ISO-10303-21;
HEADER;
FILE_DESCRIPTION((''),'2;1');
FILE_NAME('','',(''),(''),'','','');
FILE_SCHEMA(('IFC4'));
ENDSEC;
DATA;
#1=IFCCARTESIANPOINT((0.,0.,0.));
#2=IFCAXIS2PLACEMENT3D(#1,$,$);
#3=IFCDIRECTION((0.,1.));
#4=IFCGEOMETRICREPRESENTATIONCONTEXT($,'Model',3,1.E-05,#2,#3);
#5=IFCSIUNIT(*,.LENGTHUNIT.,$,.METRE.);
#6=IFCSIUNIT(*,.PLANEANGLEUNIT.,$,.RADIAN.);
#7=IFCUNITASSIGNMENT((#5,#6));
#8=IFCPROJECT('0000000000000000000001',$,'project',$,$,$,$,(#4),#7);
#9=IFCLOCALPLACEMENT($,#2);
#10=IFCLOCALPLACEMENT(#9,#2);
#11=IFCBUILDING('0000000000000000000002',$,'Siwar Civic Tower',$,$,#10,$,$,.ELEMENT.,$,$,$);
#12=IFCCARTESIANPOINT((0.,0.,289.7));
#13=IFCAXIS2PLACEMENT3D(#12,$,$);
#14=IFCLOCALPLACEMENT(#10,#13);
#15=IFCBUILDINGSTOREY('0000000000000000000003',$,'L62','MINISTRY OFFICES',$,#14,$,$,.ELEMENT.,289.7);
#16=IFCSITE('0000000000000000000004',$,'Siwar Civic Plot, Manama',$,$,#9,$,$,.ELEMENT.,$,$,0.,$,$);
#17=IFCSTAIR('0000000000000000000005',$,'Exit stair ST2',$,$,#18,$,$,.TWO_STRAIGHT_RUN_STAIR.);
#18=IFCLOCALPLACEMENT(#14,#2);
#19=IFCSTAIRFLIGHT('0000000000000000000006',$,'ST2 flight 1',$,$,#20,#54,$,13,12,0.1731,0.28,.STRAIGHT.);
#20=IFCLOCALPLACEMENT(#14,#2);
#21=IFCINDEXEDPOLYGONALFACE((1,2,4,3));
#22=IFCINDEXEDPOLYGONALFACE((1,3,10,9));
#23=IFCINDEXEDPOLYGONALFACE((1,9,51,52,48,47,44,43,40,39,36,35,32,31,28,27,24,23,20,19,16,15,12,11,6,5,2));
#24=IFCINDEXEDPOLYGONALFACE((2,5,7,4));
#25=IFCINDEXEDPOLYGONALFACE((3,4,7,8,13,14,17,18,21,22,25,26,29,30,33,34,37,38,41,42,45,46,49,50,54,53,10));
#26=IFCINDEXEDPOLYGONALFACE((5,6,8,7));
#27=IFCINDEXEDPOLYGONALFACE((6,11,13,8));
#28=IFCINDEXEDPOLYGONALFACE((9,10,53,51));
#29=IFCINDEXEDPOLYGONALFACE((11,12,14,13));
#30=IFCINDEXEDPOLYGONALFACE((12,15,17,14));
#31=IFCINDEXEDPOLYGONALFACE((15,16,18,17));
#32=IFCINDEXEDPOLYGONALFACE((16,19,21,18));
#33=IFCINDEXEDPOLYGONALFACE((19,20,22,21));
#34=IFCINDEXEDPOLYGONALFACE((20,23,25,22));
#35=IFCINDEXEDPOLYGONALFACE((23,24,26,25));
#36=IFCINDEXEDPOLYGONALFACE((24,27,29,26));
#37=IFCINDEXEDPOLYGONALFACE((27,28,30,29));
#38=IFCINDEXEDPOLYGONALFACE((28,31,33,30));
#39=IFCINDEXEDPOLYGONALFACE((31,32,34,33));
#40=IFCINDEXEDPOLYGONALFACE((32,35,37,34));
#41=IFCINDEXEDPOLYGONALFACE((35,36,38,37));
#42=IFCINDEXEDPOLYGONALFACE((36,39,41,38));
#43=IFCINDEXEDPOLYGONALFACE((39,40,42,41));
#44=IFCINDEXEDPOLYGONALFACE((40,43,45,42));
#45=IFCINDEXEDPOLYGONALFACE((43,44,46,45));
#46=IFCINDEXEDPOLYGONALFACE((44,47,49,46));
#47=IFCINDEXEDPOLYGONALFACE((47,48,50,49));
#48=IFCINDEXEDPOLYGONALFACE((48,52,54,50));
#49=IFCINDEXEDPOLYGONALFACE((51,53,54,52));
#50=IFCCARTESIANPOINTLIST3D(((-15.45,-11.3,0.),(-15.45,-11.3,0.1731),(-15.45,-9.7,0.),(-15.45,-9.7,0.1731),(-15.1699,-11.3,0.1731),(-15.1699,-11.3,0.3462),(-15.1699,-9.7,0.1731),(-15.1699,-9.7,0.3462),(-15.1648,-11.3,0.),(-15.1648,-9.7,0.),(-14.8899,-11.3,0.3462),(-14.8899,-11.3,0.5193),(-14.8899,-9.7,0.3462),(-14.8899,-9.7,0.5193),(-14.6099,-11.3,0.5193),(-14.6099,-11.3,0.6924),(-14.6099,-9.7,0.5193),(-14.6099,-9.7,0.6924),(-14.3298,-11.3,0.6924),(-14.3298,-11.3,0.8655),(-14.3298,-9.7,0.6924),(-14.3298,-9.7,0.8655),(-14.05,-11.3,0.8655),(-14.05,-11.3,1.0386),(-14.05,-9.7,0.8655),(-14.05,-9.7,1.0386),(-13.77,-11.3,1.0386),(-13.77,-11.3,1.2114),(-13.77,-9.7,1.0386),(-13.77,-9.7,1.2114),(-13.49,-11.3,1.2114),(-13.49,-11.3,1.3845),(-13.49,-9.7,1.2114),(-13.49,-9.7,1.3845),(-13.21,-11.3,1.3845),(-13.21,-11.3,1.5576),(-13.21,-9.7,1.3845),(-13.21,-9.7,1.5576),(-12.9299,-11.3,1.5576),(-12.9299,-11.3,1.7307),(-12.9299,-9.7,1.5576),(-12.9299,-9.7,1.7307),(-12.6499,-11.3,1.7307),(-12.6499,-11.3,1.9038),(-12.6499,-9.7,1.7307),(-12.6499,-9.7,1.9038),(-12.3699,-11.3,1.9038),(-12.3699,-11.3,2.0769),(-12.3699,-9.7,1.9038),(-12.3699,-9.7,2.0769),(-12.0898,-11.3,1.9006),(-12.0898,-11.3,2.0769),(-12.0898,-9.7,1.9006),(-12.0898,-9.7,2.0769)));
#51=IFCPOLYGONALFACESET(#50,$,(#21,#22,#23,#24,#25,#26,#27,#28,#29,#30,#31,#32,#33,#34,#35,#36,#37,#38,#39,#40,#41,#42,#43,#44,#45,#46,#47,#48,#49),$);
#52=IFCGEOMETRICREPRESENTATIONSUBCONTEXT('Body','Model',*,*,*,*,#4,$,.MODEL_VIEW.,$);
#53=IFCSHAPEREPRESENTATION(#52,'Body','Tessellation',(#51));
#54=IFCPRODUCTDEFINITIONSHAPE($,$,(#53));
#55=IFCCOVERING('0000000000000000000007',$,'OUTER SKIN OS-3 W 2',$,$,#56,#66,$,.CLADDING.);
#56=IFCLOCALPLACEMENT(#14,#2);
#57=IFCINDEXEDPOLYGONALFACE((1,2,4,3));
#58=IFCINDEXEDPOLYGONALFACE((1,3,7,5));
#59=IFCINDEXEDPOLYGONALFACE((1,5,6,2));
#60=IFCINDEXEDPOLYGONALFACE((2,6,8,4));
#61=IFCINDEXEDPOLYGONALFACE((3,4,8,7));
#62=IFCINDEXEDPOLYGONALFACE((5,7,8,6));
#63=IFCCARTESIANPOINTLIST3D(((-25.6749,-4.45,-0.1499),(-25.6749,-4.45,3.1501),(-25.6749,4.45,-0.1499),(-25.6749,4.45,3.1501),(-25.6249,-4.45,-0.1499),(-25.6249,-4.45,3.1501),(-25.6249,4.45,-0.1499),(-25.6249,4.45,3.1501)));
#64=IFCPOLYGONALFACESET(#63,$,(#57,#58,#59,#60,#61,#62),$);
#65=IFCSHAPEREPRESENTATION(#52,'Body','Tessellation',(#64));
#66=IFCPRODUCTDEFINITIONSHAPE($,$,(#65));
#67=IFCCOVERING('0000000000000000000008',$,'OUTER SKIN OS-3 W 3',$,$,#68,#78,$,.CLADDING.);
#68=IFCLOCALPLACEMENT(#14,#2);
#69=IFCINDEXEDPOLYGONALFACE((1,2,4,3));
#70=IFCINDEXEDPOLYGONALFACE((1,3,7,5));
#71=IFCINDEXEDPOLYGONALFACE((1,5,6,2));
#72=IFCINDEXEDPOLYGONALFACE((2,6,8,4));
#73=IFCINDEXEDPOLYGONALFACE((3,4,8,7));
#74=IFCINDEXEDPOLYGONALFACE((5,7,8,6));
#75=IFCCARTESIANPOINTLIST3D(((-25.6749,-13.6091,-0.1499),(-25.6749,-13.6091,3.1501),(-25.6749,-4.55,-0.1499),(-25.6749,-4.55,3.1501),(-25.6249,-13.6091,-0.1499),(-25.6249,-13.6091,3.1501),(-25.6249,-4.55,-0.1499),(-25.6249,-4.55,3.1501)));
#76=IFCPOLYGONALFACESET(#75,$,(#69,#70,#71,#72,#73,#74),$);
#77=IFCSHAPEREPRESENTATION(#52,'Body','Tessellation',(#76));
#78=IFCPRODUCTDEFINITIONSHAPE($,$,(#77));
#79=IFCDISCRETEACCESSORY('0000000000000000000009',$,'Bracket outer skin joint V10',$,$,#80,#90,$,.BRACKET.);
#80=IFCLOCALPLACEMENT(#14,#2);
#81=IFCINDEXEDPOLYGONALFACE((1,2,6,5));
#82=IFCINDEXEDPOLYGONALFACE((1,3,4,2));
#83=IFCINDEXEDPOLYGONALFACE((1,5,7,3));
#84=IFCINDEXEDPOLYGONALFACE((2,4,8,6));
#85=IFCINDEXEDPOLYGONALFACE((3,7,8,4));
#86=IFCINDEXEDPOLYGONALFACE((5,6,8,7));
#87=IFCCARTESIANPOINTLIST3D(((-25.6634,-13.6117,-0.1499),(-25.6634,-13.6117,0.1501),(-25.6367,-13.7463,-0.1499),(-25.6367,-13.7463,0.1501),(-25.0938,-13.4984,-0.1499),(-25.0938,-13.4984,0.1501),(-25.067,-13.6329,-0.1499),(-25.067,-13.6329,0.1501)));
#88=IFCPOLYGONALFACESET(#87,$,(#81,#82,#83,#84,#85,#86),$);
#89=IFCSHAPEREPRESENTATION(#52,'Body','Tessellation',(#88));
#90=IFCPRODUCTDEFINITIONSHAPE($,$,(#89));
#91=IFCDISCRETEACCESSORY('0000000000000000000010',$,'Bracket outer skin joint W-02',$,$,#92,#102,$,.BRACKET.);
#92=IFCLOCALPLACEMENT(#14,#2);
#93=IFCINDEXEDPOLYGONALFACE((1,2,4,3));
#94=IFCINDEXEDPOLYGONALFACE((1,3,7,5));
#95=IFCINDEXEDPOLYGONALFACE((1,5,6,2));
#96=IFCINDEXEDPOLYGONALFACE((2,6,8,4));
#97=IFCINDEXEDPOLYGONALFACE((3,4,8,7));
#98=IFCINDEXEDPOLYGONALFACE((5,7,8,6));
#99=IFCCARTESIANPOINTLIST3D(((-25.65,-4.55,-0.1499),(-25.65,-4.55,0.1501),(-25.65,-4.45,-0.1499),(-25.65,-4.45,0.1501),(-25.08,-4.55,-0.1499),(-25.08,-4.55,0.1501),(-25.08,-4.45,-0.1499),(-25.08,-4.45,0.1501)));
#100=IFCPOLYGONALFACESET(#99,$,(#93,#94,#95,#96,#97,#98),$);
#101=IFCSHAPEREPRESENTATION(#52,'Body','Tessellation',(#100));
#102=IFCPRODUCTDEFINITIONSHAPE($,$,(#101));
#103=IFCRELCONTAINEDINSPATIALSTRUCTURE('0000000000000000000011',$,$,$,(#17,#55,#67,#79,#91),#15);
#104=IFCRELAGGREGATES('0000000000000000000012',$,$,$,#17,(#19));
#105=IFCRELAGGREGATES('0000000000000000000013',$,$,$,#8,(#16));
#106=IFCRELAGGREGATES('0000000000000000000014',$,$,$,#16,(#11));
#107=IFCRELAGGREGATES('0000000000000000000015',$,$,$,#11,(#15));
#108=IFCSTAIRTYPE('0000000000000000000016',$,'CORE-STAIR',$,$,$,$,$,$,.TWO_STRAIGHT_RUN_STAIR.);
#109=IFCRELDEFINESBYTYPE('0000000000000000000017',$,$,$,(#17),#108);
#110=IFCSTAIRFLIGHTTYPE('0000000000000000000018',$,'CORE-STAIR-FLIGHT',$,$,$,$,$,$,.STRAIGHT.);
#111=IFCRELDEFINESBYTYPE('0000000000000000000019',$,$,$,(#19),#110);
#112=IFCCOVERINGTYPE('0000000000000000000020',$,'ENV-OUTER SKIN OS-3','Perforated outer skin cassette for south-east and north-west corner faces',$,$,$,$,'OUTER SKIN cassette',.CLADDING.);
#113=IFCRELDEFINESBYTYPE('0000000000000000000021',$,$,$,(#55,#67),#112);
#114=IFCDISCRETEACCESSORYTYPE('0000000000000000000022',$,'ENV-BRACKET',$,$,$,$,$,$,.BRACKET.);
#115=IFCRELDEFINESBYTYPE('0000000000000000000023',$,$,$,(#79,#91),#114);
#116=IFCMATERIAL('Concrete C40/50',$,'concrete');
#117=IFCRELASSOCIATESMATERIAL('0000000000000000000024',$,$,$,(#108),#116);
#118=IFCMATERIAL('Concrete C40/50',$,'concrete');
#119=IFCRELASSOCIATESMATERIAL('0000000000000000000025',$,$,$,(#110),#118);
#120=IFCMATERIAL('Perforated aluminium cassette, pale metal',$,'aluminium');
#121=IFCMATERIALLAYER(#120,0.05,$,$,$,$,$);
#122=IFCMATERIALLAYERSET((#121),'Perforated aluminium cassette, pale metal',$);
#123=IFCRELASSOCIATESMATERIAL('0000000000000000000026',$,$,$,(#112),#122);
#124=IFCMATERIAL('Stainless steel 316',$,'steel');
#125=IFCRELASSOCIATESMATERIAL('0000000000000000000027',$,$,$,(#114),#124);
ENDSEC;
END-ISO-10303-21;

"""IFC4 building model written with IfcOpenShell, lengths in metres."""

from ifc_helpers import new_model, si_unit, direction, frame, origin, origin_2d, place, context, subcontext, project, spatial, polyline, rectangle, outline, extrude, material, layer, layer_set, type_object, element, aggregate, save


model = new_model("IFC4")

# Units and contexts
model_context = context("Model", 3, precision=1e-05, world=origin(), true_north=direction((0.0, 1.0)))
body_context = subcontext(model_context, "Body", "Model", "MODEL_VIEW")
ifc_project = project(units=[si_unit("LENGTHUNIT", "METRE"), si_unit("PLANEANGLEUNIT", "RADIAN")], contexts=[model_context])

# Site, building, storey
site_placement = place(None, origin())
site = spatial("IfcSite", under=ifc_project, at=site_placement, Name="Siwar Civic Plot, Manama", CompositionType="ELEMENT", RefElevation=0.0)
building_placement = place(site_placement, origin())
building = spatial("IfcBuilding", under=site, at=building_placement, Name="Siwar Civic Tower", CompositionType="ELEMENT")
storey_placement = place(building_placement, frame((0.0, 0.0, 289.7)))
storey = spatial("IfcBuildingStorey", under=building, at=storey_placement, Name="L62", Description="MINISTRY OFFICES", CompositionType="ELEMENT", Elevation=289.7)

# Stair, stair flight
ifc_material_1 = material(Name="Concrete C40/50", Category="concrete")
stair_type = type_object("IfcStairType", Name="CORE-STAIR", PredefinedType="TWO_STRAIGHT_RUN_STAIR", material=ifc_material_1)
stair_placement = place(storey_placement, origin())
stair = element("IfcStair", 1, at=stair_placement, inside=storey, type_object=stair_type, Name="Exit stair ST2", PredefinedType="TWO_STRAIGHT_RUN_STAIR")
ifc_material_2 = material(Name="Concrete C40/50", Category="concrete")
stair_flight_type = type_object("IfcStairFlightType", Name="CORE-STAIR-FLIGHT", PredefinedType="STRAIGHT", material=ifc_material_2)
stair_flight_placement = place(storey_placement, frame((-15.45, -10.5, 0.0), z_axis=(0.0, 0.0, 1.0), x_axis=(1.0, 0.0, 0.0)))
stair_flight = element("IfcStairFlight", 2, at=stair_flight_placement, type_object=stair_flight_type, Name="ST2 flight 1", NumberOfRisers=13, NumberOfTreads=12, PredefinedType="STRAIGHT", RiserHeight=0.1731, TreadLength=0.28, context=body_context, shape_type="SweptSolid", body=[
    extrude(outline(polyline([(0.0, 0.0), (0.0, 0.1731), (0.28, 0.1731), (0.28, 0.3462), (0.5601, 0.3462), (0.5601, 0.5193), (0.8401, 0.5193), (0.8401, 0.6924), (1.1201, 0.6924), (1.1201, 0.8655), (1.3999, 0.8655), (1.3999, 1.0386), (1.6799, 1.0386), (1.6799, 1.2114), (1.96, 1.2114), (1.96, 1.3845), (2.24, 1.3845), (2.24, 1.5576), (2.52, 1.5576), (2.52, 1.7307), (2.8, 1.7307), (2.8, 1.9038), (3.0801, 1.9038), (3.0801, 2.0769), (3.3601, 2.0769), (3.3601, 2.25), (3.3601, 1.9006), (0.2852, 0.0), (0.0, 0.0)])), frame((0.0, 0.8, 0.0), z_axis=(0.0, -1.0, 0.0), x_axis=(1.0, 0.0, 0.0)), (0.0, 0.0, 1.0), 1.6001),
])
aggregate(stair, [stair_flight])

# Coverings
ifc_material_3 = material(Name="Perforated aluminium cassette, pale metal", Category="aluminium")
ifc_layer_1 = layer(ifc_material_3, 0.05)
ifc_layer_set_1 = layer_set([ifc_layer_1], Name="Perforated aluminium cassette, pale metal")
covering_type = type_object("IfcCoveringType", Name="ENV-OUTER SKIN OS-3", Description="Perforated outer skin cassette for south-east and north-west corner faces", ElementType="OUTER SKIN cassette", PredefinedType="CLADDING", material=ifc_layer_set_1)
covering_1_placement = place(storey_placement, frame((-25.6499, 0.0, -0.1499), z_axis=(0.0, 0.0, 1.0), x_axis=(0.0, -1.0, 0.0)))
element("IfcCovering", 3, at=covering_1_placement, inside=storey, type_object=covering_type, Name="OUTER SKIN OS-3 W 2", PredefinedType="CLADDING", context=body_context, shape_type="SweptSolid", body=[
    extrude(rectangle(XDim=8.8999, YDim=0.05, at=origin_2d()), origin(), (0.0, 0.0, 1.0), 3.3),
])
covering_2_placement = place(storey_placement, frame((-25.6499, -9.0796, -0.1499), z_axis=(0.0, 0.0, 1.0), x_axis=(0.0, -1.0, 0.0)))
element("IfcCovering", 4, at=covering_2_placement, inside=storey, type_object=covering_type, Name="OUTER SKIN OS-3 W 3", PredefinedType="CLADDING", context=body_context, shape_type="SweptSolid", body=[
    extrude(rectangle(XDim=9.0591, YDim=0.05, at=origin_2d()), origin(), (0.0, 0.0, 1.0), 3.3),
])

# Discrete accessories
ifc_material_4 = material(Name="Stainless steel 316", Category="steel")
discrete_accessory_type = type_object("IfcDiscreteAccessoryType", Name="ENV-BRACKET", PredefinedType="BRACKET", material=ifc_material_4)
discrete_accessory_1_placement = place(storey_placement, frame((-25.3652, -13.6223, -0.1499), z_axis=(0.0, 0.0, 1.0), x_axis=(-0.980785, -0.19509, 0.0)))
element("IfcDiscreteAccessory", 5, at=discrete_accessory_1_placement, inside=storey, type_object=discrete_accessory_type, Name="Bracket outer skin joint V10", PredefinedType="BRACKET", context=body_context, shape_type="SweptSolid", body=[
    extrude(rectangle(XDim=0.5808, YDim=0.1372, at=origin_2d()), origin(), (0.0, 0.0, 1.0), 0.3),
])
discrete_accessory_2_placement = place(storey_placement, frame((-25.365, -4.5, -0.1499), z_axis=(0.0, 0.0, 1.0), x_axis=(-1.0, 0.0, 0.0)))
element("IfcDiscreteAccessory", 6, at=discrete_accessory_2_placement, inside=storey, type_object=discrete_accessory_type, Name="Bracket outer skin joint W-02", PredefinedType="BRACKET", context=body_context, shape_type="SweptSolid", body=[
    extrude(rectangle(XDim=0.5701, YDim=0.1001, at=origin_2d()), origin(), (0.0, 0.0, 1.0), 0.3),
])

save(model, "model.ifc")
